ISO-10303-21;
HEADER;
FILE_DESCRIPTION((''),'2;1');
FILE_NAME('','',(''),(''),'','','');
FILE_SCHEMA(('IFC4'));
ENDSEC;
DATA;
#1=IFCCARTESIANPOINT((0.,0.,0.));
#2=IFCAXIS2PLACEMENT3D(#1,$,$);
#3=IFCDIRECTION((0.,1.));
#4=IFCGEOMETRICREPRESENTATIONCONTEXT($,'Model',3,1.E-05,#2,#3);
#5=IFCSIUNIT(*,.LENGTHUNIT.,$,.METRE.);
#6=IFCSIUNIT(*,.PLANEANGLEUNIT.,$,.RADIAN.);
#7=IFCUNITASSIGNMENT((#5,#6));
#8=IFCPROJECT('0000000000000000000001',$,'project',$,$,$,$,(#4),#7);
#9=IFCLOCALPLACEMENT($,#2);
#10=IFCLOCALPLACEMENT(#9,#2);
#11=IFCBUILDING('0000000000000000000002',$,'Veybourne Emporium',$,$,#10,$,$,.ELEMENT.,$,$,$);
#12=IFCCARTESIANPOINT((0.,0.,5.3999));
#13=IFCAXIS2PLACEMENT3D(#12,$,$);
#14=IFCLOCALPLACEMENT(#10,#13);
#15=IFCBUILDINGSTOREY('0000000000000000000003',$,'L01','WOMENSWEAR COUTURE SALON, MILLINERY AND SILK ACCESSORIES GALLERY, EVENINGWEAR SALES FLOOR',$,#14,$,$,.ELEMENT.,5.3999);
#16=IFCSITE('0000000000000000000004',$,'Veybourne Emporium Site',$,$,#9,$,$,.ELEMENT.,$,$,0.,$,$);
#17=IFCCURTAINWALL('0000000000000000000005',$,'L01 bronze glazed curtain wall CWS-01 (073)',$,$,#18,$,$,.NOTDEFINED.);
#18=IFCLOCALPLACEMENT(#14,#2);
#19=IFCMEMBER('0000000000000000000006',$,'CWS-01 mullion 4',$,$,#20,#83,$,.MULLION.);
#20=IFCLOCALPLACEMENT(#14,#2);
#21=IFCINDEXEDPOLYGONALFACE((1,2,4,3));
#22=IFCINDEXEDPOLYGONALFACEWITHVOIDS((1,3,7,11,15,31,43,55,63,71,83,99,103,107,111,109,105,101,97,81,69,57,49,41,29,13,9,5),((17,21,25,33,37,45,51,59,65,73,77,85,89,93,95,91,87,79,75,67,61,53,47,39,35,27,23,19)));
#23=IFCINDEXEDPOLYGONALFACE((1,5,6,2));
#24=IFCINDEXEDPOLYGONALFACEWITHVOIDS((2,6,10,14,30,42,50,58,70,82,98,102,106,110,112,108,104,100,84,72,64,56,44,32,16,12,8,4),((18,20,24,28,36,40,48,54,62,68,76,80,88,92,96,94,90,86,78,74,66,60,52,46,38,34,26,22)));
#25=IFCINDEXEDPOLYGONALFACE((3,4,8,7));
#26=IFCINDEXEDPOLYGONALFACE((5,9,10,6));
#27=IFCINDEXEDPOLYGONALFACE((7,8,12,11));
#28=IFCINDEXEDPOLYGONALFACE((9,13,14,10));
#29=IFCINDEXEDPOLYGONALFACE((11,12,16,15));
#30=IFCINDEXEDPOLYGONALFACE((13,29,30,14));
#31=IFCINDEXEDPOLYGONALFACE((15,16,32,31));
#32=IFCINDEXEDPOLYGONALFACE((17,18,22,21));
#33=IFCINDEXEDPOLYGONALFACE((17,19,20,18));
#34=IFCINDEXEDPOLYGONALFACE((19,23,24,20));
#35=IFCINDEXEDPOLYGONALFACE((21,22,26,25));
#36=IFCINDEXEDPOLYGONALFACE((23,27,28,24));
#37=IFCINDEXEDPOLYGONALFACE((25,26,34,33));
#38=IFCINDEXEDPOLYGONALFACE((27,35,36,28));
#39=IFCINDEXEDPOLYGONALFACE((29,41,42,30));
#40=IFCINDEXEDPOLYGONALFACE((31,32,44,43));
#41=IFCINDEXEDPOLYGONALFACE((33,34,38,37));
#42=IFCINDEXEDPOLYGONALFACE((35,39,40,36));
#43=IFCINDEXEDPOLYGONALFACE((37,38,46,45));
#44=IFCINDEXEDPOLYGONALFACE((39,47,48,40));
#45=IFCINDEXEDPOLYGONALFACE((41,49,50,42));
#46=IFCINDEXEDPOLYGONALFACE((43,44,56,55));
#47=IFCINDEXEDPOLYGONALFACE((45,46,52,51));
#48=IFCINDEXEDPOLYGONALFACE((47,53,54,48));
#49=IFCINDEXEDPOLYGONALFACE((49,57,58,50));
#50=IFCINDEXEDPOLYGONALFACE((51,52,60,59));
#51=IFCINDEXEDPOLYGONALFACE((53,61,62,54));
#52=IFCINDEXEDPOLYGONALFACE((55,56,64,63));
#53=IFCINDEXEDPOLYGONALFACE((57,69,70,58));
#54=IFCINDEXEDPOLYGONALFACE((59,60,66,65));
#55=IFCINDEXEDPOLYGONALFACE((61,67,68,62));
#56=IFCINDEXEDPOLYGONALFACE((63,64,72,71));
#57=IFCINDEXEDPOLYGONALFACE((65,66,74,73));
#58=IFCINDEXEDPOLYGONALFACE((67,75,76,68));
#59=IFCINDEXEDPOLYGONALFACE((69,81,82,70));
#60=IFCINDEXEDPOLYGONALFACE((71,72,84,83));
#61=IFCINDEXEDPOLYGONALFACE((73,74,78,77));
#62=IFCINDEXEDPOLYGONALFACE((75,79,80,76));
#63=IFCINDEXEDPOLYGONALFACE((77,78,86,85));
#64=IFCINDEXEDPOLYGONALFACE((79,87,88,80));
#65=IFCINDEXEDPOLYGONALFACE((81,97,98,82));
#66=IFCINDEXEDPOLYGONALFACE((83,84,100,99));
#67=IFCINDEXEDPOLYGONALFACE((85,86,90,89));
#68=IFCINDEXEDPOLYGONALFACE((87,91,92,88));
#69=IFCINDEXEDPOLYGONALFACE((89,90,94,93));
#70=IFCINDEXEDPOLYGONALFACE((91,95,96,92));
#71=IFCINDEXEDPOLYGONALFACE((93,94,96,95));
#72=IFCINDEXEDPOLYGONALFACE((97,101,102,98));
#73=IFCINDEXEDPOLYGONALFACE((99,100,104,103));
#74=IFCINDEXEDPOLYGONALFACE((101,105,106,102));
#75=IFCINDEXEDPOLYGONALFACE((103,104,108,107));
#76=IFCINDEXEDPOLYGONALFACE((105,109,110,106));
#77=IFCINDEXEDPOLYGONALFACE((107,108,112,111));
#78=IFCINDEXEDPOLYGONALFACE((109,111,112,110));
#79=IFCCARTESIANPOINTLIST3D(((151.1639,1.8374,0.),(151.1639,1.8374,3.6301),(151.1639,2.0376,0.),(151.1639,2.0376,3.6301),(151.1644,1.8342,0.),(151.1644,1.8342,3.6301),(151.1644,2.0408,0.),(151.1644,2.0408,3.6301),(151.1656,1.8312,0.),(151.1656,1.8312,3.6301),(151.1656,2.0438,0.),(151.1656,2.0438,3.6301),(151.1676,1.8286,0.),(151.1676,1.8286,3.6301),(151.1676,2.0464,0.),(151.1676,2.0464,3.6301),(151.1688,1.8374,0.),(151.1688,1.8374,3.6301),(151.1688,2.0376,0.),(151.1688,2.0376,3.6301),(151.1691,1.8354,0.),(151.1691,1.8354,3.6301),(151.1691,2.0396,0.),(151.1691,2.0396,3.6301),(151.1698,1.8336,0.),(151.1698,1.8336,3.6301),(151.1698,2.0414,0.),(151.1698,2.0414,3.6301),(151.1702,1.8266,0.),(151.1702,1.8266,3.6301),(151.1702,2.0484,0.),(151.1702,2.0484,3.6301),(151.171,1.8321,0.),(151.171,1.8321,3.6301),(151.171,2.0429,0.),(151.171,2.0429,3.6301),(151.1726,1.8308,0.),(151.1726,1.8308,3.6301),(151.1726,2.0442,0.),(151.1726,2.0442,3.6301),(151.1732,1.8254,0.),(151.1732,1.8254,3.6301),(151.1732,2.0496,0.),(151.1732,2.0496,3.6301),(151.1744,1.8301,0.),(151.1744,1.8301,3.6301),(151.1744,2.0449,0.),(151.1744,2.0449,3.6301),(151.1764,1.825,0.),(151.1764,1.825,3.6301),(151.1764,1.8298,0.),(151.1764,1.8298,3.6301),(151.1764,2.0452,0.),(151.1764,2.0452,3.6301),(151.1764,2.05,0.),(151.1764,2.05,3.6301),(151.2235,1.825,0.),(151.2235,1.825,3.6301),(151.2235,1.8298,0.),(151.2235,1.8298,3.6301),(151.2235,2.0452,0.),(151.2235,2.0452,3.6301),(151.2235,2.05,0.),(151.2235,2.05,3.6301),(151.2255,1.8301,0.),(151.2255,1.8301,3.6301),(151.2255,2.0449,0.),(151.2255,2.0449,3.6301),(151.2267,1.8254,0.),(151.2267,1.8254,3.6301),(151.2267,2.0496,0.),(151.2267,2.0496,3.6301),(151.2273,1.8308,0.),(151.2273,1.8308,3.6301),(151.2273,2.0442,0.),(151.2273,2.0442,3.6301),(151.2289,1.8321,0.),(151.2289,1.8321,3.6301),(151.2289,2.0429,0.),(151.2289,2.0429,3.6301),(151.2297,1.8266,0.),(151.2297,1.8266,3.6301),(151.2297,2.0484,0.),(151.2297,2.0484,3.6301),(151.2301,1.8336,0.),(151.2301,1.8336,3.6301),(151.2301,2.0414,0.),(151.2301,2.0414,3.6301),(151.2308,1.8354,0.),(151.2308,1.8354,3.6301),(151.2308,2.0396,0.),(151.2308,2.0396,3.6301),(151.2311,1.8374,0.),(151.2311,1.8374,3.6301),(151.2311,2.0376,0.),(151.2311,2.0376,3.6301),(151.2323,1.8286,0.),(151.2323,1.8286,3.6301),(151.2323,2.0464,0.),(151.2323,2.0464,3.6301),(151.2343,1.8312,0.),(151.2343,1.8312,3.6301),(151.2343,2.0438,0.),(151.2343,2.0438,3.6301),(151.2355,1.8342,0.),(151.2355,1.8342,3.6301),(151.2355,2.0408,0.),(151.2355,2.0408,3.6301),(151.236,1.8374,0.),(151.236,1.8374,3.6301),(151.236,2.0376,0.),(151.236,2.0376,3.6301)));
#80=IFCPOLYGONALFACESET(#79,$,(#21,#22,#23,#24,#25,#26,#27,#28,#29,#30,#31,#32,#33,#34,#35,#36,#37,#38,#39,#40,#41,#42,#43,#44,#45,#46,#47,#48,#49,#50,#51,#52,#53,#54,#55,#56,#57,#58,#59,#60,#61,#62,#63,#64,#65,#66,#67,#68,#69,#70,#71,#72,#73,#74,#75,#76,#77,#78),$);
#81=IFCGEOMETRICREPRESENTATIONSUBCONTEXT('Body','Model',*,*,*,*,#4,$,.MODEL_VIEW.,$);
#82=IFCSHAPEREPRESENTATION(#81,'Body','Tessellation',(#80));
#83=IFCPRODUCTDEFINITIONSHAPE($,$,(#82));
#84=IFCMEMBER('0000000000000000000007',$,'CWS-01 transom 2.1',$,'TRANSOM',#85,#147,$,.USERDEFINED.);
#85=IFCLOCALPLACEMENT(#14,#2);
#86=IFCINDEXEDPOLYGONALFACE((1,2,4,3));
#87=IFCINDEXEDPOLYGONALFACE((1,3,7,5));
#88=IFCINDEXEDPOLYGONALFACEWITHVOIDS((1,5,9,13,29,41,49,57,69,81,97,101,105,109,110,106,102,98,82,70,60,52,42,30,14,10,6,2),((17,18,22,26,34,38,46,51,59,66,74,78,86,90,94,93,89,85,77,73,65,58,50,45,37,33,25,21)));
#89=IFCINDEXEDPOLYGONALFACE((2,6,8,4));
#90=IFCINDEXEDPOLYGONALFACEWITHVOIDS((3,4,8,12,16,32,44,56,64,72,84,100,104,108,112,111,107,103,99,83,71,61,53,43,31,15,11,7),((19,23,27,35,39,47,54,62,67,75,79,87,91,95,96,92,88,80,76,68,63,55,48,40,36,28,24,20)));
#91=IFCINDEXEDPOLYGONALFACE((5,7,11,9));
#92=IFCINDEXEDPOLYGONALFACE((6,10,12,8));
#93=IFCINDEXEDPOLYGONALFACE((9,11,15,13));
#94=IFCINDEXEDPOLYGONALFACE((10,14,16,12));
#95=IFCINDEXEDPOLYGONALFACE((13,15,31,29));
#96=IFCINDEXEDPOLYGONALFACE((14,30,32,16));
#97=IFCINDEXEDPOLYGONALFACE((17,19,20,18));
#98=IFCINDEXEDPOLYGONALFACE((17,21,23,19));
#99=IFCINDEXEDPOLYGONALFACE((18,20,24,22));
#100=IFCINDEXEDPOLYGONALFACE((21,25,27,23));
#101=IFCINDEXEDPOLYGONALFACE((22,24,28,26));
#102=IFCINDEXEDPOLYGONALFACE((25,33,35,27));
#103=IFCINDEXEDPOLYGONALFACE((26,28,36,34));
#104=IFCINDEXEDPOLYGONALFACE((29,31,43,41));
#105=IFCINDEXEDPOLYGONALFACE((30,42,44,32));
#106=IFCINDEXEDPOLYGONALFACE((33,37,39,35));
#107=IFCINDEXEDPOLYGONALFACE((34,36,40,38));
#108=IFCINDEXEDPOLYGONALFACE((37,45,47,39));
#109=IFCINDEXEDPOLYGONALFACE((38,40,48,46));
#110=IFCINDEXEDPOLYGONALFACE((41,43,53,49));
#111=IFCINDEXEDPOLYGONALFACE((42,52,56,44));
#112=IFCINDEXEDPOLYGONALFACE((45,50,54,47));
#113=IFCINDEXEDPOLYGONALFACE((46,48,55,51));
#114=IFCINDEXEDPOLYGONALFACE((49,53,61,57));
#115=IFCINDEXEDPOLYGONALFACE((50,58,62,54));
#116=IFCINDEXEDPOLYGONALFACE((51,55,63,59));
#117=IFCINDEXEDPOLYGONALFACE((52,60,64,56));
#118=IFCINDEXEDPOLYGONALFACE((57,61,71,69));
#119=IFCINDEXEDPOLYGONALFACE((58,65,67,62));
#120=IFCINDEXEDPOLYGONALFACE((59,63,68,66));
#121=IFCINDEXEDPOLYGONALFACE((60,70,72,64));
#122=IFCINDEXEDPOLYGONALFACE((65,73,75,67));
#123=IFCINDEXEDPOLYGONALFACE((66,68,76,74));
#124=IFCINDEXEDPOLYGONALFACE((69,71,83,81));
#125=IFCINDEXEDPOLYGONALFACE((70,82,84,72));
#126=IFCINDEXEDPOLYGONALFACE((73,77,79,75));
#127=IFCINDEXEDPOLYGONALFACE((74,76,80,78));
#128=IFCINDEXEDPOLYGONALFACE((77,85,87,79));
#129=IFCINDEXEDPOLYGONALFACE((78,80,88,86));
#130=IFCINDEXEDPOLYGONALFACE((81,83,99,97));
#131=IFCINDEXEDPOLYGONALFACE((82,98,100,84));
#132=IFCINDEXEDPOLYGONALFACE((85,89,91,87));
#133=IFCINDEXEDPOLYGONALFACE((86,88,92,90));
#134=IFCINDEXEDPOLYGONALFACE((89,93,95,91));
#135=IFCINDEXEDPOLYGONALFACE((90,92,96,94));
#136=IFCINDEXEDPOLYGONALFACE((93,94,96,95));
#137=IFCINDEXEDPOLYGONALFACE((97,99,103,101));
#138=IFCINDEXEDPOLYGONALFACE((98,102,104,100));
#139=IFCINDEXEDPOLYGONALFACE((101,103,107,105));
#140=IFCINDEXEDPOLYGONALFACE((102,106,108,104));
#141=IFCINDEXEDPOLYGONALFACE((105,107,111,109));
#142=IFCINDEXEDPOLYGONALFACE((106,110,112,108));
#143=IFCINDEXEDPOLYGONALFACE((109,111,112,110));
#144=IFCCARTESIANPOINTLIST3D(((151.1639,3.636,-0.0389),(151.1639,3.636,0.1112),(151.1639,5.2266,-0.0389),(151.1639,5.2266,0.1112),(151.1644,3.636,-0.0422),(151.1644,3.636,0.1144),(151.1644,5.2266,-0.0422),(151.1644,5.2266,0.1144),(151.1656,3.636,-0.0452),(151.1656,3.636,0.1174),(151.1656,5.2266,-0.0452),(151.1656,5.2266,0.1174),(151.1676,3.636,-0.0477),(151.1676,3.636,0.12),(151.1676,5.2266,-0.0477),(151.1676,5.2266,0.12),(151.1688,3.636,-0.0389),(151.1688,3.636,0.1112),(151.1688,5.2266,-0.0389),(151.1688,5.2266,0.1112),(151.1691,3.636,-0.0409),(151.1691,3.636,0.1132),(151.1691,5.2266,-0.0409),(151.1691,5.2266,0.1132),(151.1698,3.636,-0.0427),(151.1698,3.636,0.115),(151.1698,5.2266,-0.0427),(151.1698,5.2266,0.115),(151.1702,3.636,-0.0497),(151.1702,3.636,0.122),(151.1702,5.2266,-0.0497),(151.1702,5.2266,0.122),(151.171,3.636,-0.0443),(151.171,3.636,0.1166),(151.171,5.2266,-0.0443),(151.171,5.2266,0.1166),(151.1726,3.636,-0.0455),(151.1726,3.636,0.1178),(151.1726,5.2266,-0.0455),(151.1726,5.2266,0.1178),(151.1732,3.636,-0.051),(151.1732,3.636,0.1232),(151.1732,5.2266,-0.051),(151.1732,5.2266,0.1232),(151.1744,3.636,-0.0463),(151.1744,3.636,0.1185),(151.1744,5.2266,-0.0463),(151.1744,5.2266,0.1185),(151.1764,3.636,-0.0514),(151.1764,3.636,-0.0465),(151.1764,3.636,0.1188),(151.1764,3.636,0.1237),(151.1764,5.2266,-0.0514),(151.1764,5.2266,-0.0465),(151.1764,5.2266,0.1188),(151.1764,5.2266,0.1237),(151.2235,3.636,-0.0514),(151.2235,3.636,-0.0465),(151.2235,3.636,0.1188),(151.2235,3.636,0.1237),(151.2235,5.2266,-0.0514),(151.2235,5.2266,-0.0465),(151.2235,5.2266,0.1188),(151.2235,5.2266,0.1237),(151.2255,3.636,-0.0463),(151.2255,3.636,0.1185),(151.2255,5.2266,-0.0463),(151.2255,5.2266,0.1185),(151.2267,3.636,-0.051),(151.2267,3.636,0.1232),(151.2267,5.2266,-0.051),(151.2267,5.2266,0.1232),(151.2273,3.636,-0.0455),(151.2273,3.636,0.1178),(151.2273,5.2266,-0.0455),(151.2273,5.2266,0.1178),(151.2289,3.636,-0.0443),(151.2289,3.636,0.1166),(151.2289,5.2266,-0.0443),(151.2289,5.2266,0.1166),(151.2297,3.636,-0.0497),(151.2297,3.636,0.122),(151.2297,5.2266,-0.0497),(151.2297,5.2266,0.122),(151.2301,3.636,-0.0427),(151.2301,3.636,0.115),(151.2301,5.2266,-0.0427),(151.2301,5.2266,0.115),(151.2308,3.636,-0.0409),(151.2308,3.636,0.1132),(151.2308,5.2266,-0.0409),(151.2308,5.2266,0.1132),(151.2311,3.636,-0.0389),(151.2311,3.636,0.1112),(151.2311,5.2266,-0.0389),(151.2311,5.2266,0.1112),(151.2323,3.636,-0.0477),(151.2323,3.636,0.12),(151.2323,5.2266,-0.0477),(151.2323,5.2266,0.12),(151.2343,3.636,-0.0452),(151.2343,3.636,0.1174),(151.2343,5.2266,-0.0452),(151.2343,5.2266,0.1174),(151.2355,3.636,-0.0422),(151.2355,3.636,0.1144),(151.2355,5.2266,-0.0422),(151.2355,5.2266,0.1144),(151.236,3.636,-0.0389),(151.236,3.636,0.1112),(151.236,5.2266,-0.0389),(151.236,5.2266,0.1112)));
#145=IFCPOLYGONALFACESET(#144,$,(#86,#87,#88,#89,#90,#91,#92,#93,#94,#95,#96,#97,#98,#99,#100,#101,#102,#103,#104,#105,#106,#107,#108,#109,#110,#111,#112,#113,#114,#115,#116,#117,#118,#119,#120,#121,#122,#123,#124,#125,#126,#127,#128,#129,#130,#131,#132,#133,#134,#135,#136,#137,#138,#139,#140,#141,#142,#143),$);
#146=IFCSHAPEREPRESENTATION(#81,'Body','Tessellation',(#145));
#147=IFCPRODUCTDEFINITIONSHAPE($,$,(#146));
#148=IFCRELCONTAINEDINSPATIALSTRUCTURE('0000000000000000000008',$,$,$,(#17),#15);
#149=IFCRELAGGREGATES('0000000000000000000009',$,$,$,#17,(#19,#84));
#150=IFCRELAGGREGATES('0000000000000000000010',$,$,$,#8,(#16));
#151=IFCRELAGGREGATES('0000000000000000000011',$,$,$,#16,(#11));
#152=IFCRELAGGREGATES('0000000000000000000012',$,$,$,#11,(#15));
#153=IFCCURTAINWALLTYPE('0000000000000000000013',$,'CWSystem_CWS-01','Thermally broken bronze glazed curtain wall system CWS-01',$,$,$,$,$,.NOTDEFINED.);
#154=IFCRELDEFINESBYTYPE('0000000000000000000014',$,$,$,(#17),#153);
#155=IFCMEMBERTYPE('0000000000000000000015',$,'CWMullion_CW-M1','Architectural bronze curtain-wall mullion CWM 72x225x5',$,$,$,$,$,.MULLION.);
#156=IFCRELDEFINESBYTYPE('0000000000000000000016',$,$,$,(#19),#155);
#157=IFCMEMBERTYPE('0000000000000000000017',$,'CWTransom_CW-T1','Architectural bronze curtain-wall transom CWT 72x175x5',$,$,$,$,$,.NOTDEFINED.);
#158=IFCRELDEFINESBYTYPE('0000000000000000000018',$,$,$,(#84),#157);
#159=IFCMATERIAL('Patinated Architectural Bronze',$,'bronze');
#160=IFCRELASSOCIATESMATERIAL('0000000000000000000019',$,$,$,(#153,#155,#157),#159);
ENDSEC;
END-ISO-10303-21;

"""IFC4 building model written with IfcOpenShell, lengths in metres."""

from ifc_helpers import new_model, si_unit, direction, frame, origin, origin_2d, place, context, subcontext, project, spatial, hollow_rectangle, extrude, material, material_profile, profile_set, type_object, element, aggregate, save


model = new_model("IFC4")

# Units and contexts
model_context = context("Model", 3, precision=1e-05, world=origin(), true_north=direction((0.0, 1.0)))
body_context = subcontext(model_context, "Body", "Model", "MODEL_VIEW")
ifc_project = project(units=[si_unit("LENGTHUNIT", "METRE"), si_unit("PLANEANGLEUNIT", "RADIAN")], contexts=[model_context])

# Site, building, storey
site_placement = place(None, origin())
site = spatial("IfcSite", under=ifc_project, at=site_placement, Name="Veybourne Emporium Site", CompositionType="ELEMENT", RefElevation=0.0)
building_placement = place(site_placement, origin())
building = spatial("IfcBuilding", under=site, at=building_placement, Name="Veybourne Emporium", CompositionType="ELEMENT")
storey_placement = place(building_placement, frame((0.0, 0.0, 5.3999)))
storey = spatial("IfcBuildingStorey", under=building, at=storey_placement, Name="L01", Description="WOMENSWEAR COUTURE SALON, MILLINERY AND SILK ACCESSORIES GALLERY, EVENINGWEAR SALES FLOOR", CompositionType="ELEMENT", Elevation=5.3999)

# Curtain wall, members
ifc_material_1 = material(Name="Patinated Architectural Bronze", Category="bronze")
curtain_wall_type = type_object("IfcCurtainWallType", Name="CWSystem_CWS-01", Description="Thermally broken bronze glazed curtain wall system CWS-01", PredefinedType="NOTDEFINED", material=ifc_material_1)
curtain_wall_placement = place(storey_placement, origin())
curtain_wall = element("IfcCurtainWall", 1, at=curtain_wall_placement, inside=storey, type_object=curtain_wall_type, Name="L01 bronze glazed curtain wall CWS-01 (073)", PredefinedType="NOTDEFINED")
ifc_material_profile_1 = material_profile(ifc_material_1, hollow_rectangle(XDim=0.072, YDim=0.2251, WallThickness=0.0049, InnerFilletRadius=0.0076, OuterFilletRadius=0.0125, at=origin_2d()), Name="CWM 72x225x5")
ifc_profile_set_1 = profile_set([ifc_material_profile_1], Name="Patinated Architectural Bronze")
member_type_1 = type_object("IfcMemberType", Name="CWMullion_CW-M1", Description="Architectural bronze curtain-wall mullion CWM 72x225x5", PredefinedType="MULLION", material=ifc_profile_set_1)
member_1_placement = place(storey_placement, frame((151.2, 1.9375, 0.0), z_axis=(0.0, 0.0, 1.0), x_axis=(1.0, 0.0, 0.0)))
member_1 = element("IfcMember", 2, at=member_1_placement, type_object=member_type_1, Name="CWS-01 mullion 4", PredefinedType="MULLION", context=body_context, shape_type="SweptSolid", body=[
    extrude(hollow_rectangle(XDim=0.072, YDim=0.2251, WallThickness=0.0049, InnerFilletRadius=0.0076, OuterFilletRadius=0.0125, at=origin_2d()), origin(), (0.0, 0.0, 1.0), 3.6301),
])
ifc_material_profile_2 = material_profile(ifc_material_1, hollow_rectangle(XDim=0.072, YDim=0.175, WallThickness=0.0049, InnerFilletRadius=0.0076, OuterFilletRadius=0.0125, at=origin_2d()), Name="CWT 72x175x5")
ifc_profile_set_2 = profile_set([ifc_material_profile_2], Name="Patinated Architectural Bronze")
member_type_2 = type_object("IfcMemberType", Name="CWTransom_CW-T1", Description="Architectural bronze curtain-wall transom CWT 72x175x5", PredefinedType="NOTDEFINED", material=ifc_profile_set_2)
member_2_placement = place(storey_placement, frame((151.2, 5.2266, 0.0361), z_axis=(0.0, -1.0, 0.0), x_axis=(1.0, 0.0, 0.0)))
member_2 = element("IfcMember", 3, at=member_2_placement, type_object=member_type_2, Name="CWS-01 transom 2.1", ObjectType="TRANSOM", PredefinedType="USERDEFINED", context=body_context, shape_type="SweptSolid", body=[
    extrude(hollow_rectangle(XDim=0.072, YDim=0.175, WallThickness=0.0049, InnerFilletRadius=0.0076, OuterFilletRadius=0.0125, at=origin_2d()), origin(), (0.0, 0.0, 1.0), 1.5906),
])
aggregate(curtain_wall, [member_1, member_2])

save(model, "model.ifc")
